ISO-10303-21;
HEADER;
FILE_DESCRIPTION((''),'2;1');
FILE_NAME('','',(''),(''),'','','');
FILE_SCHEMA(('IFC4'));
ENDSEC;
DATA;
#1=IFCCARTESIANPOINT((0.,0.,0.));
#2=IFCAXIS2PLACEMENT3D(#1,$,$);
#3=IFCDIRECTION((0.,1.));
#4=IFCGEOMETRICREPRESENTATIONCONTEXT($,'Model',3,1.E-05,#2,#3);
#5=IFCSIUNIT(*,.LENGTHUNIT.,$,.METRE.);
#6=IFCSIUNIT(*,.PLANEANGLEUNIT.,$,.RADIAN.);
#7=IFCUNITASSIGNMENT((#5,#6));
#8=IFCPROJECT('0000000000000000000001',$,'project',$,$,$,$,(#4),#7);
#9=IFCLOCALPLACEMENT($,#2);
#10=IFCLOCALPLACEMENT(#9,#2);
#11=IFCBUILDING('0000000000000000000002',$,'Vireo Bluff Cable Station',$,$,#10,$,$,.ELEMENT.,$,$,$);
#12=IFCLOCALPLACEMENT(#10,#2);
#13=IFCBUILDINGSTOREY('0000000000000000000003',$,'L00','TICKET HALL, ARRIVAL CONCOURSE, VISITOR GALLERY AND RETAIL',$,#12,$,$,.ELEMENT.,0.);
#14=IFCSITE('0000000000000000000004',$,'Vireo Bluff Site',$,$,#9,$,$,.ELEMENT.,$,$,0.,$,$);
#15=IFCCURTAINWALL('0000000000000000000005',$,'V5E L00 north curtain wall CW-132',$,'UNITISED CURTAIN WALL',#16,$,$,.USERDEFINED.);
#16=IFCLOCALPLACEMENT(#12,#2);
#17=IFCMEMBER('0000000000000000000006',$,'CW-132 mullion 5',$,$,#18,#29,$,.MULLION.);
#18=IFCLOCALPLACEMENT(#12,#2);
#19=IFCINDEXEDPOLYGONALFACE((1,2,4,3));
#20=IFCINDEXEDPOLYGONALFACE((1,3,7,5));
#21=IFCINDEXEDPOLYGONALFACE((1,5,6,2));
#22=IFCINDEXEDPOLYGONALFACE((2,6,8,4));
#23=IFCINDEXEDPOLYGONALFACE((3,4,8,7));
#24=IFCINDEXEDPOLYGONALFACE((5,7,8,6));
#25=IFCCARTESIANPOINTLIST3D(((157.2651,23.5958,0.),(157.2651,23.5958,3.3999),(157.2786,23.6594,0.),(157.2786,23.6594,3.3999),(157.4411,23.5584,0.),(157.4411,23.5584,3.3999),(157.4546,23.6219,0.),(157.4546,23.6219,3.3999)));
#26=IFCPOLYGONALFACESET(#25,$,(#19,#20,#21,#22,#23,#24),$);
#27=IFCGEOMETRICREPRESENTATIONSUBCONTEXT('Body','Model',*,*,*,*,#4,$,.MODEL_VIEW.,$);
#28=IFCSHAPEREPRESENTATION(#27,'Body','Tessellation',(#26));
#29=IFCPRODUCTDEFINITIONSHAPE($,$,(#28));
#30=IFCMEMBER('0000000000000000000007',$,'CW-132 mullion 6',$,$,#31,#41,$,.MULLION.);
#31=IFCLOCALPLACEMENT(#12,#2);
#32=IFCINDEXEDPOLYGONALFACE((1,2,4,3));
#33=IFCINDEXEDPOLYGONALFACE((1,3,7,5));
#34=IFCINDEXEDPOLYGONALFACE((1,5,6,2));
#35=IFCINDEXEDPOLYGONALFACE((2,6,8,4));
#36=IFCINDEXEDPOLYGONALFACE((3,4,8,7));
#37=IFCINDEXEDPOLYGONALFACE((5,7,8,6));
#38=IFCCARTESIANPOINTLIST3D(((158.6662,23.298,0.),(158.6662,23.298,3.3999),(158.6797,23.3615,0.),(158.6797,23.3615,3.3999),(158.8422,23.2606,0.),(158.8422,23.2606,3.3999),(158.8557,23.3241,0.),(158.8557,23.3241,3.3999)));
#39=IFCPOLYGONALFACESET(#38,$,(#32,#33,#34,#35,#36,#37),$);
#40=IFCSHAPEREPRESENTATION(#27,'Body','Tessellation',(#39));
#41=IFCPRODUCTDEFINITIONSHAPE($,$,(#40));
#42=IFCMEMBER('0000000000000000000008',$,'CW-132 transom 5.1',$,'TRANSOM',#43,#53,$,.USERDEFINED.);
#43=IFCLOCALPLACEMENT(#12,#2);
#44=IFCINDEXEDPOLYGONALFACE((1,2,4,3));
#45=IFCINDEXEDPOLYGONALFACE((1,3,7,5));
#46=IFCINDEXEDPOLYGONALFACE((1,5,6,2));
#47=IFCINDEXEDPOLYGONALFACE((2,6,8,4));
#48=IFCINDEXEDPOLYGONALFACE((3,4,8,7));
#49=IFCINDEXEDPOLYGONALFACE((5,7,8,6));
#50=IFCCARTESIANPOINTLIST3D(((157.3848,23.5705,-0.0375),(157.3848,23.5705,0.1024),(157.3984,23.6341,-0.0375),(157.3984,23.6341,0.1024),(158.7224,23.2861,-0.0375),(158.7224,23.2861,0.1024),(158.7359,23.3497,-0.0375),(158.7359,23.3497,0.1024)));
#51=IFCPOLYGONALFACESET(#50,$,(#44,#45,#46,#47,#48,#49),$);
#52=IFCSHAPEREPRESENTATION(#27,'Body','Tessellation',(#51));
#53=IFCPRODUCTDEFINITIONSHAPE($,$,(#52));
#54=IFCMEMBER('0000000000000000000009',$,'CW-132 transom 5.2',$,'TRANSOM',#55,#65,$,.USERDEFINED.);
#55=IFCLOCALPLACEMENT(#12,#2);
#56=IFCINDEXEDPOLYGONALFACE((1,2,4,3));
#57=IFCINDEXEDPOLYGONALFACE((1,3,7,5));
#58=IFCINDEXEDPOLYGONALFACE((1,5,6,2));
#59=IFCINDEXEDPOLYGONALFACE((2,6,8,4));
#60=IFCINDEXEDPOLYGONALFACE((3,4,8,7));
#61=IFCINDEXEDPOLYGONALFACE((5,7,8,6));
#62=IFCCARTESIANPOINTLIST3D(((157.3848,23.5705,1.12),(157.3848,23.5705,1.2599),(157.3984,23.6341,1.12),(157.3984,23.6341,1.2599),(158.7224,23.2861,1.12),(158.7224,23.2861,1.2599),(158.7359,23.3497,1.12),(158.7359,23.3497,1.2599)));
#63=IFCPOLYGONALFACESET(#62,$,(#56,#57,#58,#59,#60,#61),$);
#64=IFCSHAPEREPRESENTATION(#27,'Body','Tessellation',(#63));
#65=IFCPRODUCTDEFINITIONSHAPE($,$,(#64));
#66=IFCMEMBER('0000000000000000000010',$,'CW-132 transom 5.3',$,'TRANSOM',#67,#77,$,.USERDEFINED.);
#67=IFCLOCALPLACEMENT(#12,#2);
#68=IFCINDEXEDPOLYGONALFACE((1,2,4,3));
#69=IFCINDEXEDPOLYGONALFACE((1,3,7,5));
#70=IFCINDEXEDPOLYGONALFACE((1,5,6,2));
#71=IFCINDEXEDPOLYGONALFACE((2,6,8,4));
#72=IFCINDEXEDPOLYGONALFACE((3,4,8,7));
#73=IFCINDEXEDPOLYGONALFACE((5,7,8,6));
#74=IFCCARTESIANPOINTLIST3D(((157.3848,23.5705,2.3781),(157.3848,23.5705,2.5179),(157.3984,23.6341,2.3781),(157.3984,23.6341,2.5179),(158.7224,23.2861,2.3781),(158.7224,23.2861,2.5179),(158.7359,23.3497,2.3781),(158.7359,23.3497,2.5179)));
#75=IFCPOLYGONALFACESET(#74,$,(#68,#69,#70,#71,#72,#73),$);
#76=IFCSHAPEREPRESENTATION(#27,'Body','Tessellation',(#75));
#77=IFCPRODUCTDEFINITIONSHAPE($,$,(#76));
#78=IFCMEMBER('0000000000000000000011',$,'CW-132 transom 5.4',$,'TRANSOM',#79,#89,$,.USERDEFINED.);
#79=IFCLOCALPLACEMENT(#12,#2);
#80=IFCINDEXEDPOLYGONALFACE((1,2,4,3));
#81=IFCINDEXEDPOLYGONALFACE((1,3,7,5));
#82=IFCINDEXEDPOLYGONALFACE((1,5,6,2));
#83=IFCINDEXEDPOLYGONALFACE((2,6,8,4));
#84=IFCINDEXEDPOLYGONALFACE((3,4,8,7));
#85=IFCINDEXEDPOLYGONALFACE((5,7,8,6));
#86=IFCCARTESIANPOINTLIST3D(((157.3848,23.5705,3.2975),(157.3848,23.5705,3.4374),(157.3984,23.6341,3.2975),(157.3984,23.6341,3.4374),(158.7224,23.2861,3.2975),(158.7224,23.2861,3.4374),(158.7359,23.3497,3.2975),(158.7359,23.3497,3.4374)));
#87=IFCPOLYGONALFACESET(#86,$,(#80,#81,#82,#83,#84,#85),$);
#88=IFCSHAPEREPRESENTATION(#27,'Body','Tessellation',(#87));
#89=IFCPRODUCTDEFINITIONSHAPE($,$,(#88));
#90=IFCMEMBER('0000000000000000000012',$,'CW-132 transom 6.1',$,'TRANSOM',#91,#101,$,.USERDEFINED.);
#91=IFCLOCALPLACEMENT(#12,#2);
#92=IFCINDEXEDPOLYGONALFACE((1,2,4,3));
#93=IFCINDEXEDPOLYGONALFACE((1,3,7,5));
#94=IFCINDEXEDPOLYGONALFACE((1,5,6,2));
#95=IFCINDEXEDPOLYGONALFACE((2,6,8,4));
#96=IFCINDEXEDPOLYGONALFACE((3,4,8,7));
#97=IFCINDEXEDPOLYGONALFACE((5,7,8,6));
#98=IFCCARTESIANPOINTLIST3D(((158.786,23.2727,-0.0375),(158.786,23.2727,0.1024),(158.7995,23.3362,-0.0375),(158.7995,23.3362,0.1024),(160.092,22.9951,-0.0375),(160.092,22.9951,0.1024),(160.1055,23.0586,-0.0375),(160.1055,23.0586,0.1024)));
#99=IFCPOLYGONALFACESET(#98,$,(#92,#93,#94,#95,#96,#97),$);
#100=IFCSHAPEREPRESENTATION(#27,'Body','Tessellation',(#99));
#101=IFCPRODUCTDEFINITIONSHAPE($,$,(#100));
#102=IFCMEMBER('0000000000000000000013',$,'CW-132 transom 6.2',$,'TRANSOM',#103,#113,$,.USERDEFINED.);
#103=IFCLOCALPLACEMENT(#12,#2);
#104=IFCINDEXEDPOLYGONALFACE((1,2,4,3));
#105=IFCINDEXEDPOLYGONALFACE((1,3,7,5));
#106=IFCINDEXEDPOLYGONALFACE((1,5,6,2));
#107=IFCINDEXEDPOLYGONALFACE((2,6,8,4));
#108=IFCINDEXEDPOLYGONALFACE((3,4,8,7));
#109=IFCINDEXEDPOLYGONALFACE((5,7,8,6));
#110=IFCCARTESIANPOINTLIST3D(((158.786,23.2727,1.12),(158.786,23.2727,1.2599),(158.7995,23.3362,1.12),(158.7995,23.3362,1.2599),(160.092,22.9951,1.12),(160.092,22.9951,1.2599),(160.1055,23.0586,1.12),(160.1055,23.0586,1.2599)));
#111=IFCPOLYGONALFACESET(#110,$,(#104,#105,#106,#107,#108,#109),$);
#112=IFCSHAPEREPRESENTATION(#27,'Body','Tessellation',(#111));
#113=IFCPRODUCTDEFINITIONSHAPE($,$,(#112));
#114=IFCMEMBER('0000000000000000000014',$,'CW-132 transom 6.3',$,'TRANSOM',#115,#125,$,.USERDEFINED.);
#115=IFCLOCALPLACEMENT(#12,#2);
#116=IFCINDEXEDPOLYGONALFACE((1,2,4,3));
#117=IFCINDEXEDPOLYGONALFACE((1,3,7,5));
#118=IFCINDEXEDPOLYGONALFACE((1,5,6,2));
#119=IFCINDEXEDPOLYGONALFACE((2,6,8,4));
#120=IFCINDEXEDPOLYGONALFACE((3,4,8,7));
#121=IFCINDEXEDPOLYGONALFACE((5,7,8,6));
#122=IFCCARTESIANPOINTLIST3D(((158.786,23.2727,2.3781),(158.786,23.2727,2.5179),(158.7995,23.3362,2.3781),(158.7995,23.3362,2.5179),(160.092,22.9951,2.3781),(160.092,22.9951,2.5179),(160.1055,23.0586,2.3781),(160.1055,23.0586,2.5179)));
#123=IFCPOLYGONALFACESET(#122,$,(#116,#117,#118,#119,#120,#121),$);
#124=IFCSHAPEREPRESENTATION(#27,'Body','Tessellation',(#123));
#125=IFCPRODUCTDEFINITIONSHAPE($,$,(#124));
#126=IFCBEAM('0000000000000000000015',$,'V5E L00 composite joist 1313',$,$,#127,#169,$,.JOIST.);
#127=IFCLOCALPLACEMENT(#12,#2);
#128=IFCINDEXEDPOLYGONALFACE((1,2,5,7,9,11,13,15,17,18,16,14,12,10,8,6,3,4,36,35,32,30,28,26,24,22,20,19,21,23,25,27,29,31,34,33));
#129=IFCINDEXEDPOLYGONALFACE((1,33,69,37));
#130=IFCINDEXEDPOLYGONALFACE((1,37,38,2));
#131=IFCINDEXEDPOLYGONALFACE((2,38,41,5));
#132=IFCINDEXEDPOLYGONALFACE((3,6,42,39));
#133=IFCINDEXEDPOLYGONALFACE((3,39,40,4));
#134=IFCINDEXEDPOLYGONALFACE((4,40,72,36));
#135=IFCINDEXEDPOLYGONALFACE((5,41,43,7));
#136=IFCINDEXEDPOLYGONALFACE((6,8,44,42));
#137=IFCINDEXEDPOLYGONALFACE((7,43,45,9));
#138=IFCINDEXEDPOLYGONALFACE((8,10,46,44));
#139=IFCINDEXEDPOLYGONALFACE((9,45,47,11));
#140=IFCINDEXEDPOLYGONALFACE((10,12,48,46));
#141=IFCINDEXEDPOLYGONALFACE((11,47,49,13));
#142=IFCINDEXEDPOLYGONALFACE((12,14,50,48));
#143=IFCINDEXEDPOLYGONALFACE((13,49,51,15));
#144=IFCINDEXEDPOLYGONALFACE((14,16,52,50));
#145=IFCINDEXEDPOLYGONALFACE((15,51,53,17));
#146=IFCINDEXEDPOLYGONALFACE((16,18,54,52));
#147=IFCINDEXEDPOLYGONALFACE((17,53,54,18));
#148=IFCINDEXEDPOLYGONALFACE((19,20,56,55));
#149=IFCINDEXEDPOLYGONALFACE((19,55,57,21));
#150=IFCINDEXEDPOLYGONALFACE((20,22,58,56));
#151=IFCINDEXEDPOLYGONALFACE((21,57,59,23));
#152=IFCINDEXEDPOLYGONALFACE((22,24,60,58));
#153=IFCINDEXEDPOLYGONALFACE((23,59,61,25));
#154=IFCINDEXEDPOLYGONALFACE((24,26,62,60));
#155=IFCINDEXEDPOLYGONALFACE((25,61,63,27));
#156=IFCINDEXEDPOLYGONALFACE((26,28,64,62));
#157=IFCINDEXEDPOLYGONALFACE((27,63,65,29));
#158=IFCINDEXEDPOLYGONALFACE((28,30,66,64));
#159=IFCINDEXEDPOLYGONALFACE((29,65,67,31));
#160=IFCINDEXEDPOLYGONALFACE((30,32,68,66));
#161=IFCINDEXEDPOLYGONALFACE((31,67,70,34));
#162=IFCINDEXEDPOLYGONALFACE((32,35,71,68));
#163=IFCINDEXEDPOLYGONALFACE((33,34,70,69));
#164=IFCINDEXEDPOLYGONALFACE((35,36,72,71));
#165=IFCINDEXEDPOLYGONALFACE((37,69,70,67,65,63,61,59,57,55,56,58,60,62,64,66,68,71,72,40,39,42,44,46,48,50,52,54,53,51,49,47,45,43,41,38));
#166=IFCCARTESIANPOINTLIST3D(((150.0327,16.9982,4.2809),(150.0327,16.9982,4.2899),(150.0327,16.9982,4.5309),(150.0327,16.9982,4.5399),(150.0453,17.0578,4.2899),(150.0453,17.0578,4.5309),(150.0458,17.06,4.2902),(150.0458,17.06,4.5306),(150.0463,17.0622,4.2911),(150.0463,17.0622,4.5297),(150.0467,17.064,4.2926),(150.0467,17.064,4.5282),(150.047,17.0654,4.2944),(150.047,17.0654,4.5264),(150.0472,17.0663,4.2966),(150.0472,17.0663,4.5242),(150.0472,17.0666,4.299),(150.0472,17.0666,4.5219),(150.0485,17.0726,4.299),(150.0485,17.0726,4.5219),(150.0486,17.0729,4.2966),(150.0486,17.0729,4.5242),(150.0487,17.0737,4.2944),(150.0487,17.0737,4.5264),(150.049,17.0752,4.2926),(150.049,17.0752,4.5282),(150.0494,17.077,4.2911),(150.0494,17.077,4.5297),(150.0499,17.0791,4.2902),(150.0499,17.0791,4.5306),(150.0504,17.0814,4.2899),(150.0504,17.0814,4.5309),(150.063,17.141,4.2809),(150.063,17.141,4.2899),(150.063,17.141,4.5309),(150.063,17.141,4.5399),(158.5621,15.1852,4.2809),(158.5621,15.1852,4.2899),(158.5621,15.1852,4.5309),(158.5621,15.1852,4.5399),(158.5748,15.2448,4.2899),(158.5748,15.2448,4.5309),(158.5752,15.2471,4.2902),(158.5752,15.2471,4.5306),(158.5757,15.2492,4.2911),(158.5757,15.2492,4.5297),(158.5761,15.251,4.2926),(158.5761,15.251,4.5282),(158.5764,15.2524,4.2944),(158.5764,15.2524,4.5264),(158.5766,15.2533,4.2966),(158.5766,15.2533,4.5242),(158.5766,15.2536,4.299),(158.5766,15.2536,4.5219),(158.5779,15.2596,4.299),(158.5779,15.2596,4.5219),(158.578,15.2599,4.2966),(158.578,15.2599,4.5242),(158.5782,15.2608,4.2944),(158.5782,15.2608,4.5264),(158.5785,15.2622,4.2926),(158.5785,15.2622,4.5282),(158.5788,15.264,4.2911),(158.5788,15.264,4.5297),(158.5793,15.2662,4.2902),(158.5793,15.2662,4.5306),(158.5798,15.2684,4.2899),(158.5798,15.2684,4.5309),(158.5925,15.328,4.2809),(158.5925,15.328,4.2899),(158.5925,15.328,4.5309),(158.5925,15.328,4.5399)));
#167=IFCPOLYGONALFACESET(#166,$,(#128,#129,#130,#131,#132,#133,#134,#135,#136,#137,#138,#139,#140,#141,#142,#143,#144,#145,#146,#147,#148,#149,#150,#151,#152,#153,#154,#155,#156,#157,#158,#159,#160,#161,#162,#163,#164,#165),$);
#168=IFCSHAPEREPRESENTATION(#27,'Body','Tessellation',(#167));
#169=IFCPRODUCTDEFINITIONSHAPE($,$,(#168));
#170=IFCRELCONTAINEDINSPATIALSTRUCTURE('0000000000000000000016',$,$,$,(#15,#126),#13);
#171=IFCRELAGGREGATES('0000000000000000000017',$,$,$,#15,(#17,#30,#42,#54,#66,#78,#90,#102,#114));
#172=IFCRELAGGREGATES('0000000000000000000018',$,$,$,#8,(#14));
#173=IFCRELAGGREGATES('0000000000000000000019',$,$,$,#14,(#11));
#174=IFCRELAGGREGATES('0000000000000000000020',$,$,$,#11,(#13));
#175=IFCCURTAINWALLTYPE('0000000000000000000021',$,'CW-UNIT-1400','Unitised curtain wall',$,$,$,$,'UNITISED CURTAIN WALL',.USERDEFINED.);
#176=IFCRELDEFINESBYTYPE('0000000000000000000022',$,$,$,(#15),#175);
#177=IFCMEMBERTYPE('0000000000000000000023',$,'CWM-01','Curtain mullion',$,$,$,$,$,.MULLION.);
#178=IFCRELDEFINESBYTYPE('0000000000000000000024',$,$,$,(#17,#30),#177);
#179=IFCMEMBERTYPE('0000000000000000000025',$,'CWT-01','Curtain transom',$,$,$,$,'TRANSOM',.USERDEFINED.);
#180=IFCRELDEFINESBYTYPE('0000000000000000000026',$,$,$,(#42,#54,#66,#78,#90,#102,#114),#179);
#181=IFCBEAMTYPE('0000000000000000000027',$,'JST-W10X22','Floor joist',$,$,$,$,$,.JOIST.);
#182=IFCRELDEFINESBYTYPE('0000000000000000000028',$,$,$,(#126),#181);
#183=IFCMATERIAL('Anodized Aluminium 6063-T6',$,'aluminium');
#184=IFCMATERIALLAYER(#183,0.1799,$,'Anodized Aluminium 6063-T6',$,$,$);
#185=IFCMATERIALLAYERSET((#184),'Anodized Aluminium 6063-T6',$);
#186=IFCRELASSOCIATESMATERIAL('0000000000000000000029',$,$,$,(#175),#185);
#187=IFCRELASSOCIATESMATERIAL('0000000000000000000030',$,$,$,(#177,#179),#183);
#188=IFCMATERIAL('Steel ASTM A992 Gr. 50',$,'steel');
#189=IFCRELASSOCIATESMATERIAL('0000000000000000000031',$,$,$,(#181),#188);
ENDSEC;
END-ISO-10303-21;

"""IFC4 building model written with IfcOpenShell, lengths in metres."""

from ifc_helpers import new_model, si_unit, direction, frame, origin, origin_2d, place, context, subcontext, project, spatial, rectangle, i_section, extrude, material, layer, layer_set, material_profile, profile_set, type_object, element, aggregate, save


model = new_model("IFC4")

# Units and contexts
model_context = context("Model", 3, precision=1e-05, world=origin(), true_north=direction((0.0, 1.0)))
body_context = subcontext(model_context, "Body", "Model", "MODEL_VIEW")
ifc_project = project(units=[si_unit("LENGTHUNIT", "METRE"), si_unit("PLANEANGLEUNIT", "RADIAN")], contexts=[model_context])

# Site, building, storey
site_placement = place(None, origin())
site = spatial("IfcSite", under=ifc_project, at=site_placement, Name="Vireo Bluff Site", CompositionType="ELEMENT", RefElevation=0.0)
building_placement = place(site_placement, origin())
building = spatial("IfcBuilding", under=site, at=building_placement, Name="Vireo Bluff Cable Station", CompositionType="ELEMENT")
storey_placement = place(building_placement, origin())
storey = spatial("IfcBuildingStorey", under=building, at=storey_placement, Name="L00", Description="TICKET HALL, ARRIVAL CONCOURSE, VISITOR GALLERY AND RETAIL", CompositionType="ELEMENT", Elevation=0.0)

# Curtain wall, members
ifc_material_1 = material(Name="Anodized Aluminium 6063-T6", Category="aluminium")
ifc_layer_1 = layer(ifc_material_1, 0.1799, Name="Anodized Aluminium 6063-T6")
ifc_layer_set_1 = layer_set([ifc_layer_1], Name="Anodized Aluminium 6063-T6")
curtain_wall_type = type_object("IfcCurtainWallType", Name="CW-UNIT-1400", Description="Unitised curtain wall", ElementType="UNITISED CURTAIN WALL", PredefinedType="USERDEFINED", material=ifc_layer_set_1)
curtain_wall_placement = place(storey_placement, origin())
curtain_wall = element("IfcCurtainWall", 1, at=curtain_wall_placement, inside=storey, type_object=curtain_wall_type, Name="V5E L00 north curtain wall CW-132", ObjectType="UNITISED CURTAIN WALL", PredefinedType="USERDEFINED")
ifc_material_profile_1 = material_profile(ifc_material_1, rectangle(XDim=0.0649, YDim=0.1799, at=origin_2d()), Name="ALU-M-65X180")
ifc_profile_set_1 = profile_set([ifc_material_profile_1], Name="Anodized Aluminium 6063-T6")
member_type_1 = type_object("IfcMemberType", Name="CWM-01", Description="Curtain mullion", PredefinedType="MULLION", material=ifc_profile_set_1)
member_1_placement = place(storey_placement, frame((157.3599, 23.6089, 0.0), z_axis=(0.0, 0.0, 1.0), x_axis=(0.207912, 0.978148, 0.0)))
member_1 = element("IfcMember", 2, at=member_1_placement, type_object=member_type_1, Name="CW-132 mullion 5", PredefinedType="MULLION", context=body_context, shape_type="SweptSolid", body=[
    extrude(rectangle(XDim=0.0649, YDim=0.1799, at=origin_2d()), origin(), (0.0, 0.0, 1.0), 3.3999),
])
member_2_placement = place(storey_placement, frame((158.761, 23.311, 0.0), z_axis=(0.0, 0.0, 1.0), x_axis=(0.207912, 0.978148, 0.0)))
member_2 = element("IfcMember", 3, at=member_2_placement, type_object=member_type_1, Name="CW-132 mullion 6", PredefinedType="MULLION", context=body_context, shape_type="SweptSolid", body=[
    extrude(rectangle(XDim=0.0649, YDim=0.1799, at=origin_2d()), origin(), (0.0, 0.0, 1.0), 3.3999),
])
ifc_material_profile_2 = material_profile(ifc_material_1, rectangle(XDim=0.0649, YDim=0.1399, at=origin_2d()), Name="ALU-T-65X140")
ifc_profile_set_2 = profile_set([ifc_material_profile_2], Name="Anodized Aluminium 6063-T6")
member_type_2 = type_object("IfcMemberType", Name="CWT-01", Description="Curtain transom", ElementType="TRANSOM", PredefinedType="USERDEFINED", material=ifc_profile_set_2)
member_3_placement = place(storey_placement, frame((157.3916, 23.6023, 0.0325), z_axis=(0.978133, -0.20798, 0.0), x_axis=(0.20798, 0.978133, 0.0)))
member_3 = element("IfcMember", 4, at=member_3_placement, type_object=member_type_2, Name="CW-132 transom 5.1", ObjectType="TRANSOM", PredefinedType="USERDEFINED", context=body_context, shape_type="SweptSolid", body=[
    extrude(rectangle(XDim=0.0649, YDim=0.1399, at=origin_2d()), origin(), (0.0, 0.0, 1.0), 1.3674),
])
member_4_placement = place(storey_placement, frame((157.3916, 23.6023, 1.1899), z_axis=(0.978133, -0.20798, 0.0), x_axis=(0.20798, 0.978133, 0.0)))
member_4 = element("IfcMember", 5, at=member_4_placement, type_object=member_type_2, Name="CW-132 transom 5.2", ObjectType="TRANSOM", PredefinedType="USERDEFINED", context=body_context, shape_type="SweptSolid", body=[
    extrude(rectangle(XDim=0.0649, YDim=0.1399, at=origin_2d()), origin(), (0.0, 0.0, 1.0), 1.3674),
])
member_5_placement = place(storey_placement, frame((157.3916, 23.6023, 2.448), z_axis=(0.978133, -0.20798, 0.0), x_axis=(0.20798, 0.978133, 0.0)))
member_5 = element("IfcMember", 6, at=member_5_placement, type_object=member_type_2, Name="CW-132 transom 5.3", ObjectType="TRANSOM", PredefinedType="USERDEFINED", context=body_context, shape_type="SweptSolid", body=[
    extrude(rectangle(XDim=0.0649, YDim=0.1399, at=origin_2d()), origin(), (0.0, 0.0, 1.0), 1.3674),
])
member_6_placement = place(storey_placement, frame((157.3916, 23.6023, 3.3674), z_axis=(0.978133, -0.20798, 0.0), x_axis=(0.20798, 0.978133, 0.0)))
member_6 = element("IfcMember", 7, at=member_6_placement, type_object=member_type_2, Name="CW-132 transom 5.4", ObjectType="TRANSOM", PredefinedType="USERDEFINED", context=body_context, shape_type="SweptSolid", body=[
    extrude(rectangle(XDim=0.0649, YDim=0.1399, at=origin_2d()), origin(), (0.0, 0.0, 1.0), 1.3674),
])
member_7_placement = place(storey_placement, frame((158.7927, 23.3044, 0.0325), z_axis=(0.978146, -0.207918, 0.0), x_axis=(0.207918, 0.978146, 0.0)))
member_7 = element("IfcMember", 8, at=member_7_placement, type_object=member_type_2, Name="CW-132 transom 6.1", ObjectType="TRANSOM", PredefinedType="USERDEFINED", context=body_context, shape_type="SweptSolid", body=[
    extrude(rectangle(XDim=0.0649, YDim=0.1399, at=origin_2d()), origin(), (0.0, 0.0, 1.0), 1.3352),
])
member_8_placement = place(storey_placement, frame((158.7927, 23.3044, 1.1899), z_axis=(0.978146, -0.207918, 0.0), x_axis=(0.207918, 0.978146, 0.0)))
member_8 = element("IfcMember", 9, at=member_8_placement, type_object=member_type_2, Name="CW-132 transom 6.2", ObjectType="TRANSOM", PredefinedType="USERDEFINED", context=body_context, shape_type="SweptSolid", body=[
    extrude(rectangle(XDim=0.0649, YDim=0.1399, at=origin_2d()), origin(), (0.0, 0.0, 1.0), 1.3352),
])
member_9_placement = place(storey_placement, frame((158.7927, 23.3044, 2.448), z_axis=(0.978146, -0.207918, 0.0), x_axis=(0.207918, 0.978146, 0.0)))
member_9 = element("IfcMember", 10, at=member_9_placement, type_object=member_type_2, Name="CW-132 transom 6.3", ObjectType="TRANSOM", PredefinedType="USERDEFINED", context=body_context, shape_type="SweptSolid", body=[
    extrude(rectangle(XDim=0.0649, YDim=0.1399, at=origin_2d()), origin(), (0.0, 0.0, 1.0), 1.3352),
])

# Beam
ifc_material_2 = material(Name="Steel ASTM A992 Gr. 50", Category="steel")
ifc_material_profile_3 = material_profile(ifc_material_2, i_section(OverallWidth=0.146, OverallDepth=0.259, WebThickness=0.0061, FlangeThickness=0.009, FilletRadius=0.009, at=origin_2d()), Name="W10X22")
ifc_profile_set_3 = profile_set([ifc_material_profile_3], Name="Steel ASTM A992 Gr. 50")
beam_type_1 = type_object("IfcBeamType", Name="JST-W10X22", Description="Floor joist", PredefinedType="JOIST", material=ifc_profile_set_3)
for number, where, z_axis, x_axis, name in (
    (11, (150.0479, 17.0696, 4.4104), (0.978148, -0.207909, 0.0), (0.207909, 0.978148, 0.0), "V5E L00 composite joist 1313"),
):
    element("IfcBeam", number, at=place(storey_placement, frame(where, z_axis=z_axis, x_axis=x_axis)), inside=storey, type_object=beam_type_1, Name=name, PredefinedType="JOIST", context=body_context, shape_type="SweptSolid", body=[
        extrude(i_section(OverallWidth=0.146, OverallDepth=0.259, WebThickness=0.0061, FlangeThickness=0.009, FilletRadius=0.009, at=origin_2d()), origin(), (0.0, 0.0, 1.0), 8.72),
    ])

aggregate(curtain_wall, [member_1, member_2, member_3, member_4, member_5, member_6, member_7, member_8, member_9])

save(model, "model.ifc")
